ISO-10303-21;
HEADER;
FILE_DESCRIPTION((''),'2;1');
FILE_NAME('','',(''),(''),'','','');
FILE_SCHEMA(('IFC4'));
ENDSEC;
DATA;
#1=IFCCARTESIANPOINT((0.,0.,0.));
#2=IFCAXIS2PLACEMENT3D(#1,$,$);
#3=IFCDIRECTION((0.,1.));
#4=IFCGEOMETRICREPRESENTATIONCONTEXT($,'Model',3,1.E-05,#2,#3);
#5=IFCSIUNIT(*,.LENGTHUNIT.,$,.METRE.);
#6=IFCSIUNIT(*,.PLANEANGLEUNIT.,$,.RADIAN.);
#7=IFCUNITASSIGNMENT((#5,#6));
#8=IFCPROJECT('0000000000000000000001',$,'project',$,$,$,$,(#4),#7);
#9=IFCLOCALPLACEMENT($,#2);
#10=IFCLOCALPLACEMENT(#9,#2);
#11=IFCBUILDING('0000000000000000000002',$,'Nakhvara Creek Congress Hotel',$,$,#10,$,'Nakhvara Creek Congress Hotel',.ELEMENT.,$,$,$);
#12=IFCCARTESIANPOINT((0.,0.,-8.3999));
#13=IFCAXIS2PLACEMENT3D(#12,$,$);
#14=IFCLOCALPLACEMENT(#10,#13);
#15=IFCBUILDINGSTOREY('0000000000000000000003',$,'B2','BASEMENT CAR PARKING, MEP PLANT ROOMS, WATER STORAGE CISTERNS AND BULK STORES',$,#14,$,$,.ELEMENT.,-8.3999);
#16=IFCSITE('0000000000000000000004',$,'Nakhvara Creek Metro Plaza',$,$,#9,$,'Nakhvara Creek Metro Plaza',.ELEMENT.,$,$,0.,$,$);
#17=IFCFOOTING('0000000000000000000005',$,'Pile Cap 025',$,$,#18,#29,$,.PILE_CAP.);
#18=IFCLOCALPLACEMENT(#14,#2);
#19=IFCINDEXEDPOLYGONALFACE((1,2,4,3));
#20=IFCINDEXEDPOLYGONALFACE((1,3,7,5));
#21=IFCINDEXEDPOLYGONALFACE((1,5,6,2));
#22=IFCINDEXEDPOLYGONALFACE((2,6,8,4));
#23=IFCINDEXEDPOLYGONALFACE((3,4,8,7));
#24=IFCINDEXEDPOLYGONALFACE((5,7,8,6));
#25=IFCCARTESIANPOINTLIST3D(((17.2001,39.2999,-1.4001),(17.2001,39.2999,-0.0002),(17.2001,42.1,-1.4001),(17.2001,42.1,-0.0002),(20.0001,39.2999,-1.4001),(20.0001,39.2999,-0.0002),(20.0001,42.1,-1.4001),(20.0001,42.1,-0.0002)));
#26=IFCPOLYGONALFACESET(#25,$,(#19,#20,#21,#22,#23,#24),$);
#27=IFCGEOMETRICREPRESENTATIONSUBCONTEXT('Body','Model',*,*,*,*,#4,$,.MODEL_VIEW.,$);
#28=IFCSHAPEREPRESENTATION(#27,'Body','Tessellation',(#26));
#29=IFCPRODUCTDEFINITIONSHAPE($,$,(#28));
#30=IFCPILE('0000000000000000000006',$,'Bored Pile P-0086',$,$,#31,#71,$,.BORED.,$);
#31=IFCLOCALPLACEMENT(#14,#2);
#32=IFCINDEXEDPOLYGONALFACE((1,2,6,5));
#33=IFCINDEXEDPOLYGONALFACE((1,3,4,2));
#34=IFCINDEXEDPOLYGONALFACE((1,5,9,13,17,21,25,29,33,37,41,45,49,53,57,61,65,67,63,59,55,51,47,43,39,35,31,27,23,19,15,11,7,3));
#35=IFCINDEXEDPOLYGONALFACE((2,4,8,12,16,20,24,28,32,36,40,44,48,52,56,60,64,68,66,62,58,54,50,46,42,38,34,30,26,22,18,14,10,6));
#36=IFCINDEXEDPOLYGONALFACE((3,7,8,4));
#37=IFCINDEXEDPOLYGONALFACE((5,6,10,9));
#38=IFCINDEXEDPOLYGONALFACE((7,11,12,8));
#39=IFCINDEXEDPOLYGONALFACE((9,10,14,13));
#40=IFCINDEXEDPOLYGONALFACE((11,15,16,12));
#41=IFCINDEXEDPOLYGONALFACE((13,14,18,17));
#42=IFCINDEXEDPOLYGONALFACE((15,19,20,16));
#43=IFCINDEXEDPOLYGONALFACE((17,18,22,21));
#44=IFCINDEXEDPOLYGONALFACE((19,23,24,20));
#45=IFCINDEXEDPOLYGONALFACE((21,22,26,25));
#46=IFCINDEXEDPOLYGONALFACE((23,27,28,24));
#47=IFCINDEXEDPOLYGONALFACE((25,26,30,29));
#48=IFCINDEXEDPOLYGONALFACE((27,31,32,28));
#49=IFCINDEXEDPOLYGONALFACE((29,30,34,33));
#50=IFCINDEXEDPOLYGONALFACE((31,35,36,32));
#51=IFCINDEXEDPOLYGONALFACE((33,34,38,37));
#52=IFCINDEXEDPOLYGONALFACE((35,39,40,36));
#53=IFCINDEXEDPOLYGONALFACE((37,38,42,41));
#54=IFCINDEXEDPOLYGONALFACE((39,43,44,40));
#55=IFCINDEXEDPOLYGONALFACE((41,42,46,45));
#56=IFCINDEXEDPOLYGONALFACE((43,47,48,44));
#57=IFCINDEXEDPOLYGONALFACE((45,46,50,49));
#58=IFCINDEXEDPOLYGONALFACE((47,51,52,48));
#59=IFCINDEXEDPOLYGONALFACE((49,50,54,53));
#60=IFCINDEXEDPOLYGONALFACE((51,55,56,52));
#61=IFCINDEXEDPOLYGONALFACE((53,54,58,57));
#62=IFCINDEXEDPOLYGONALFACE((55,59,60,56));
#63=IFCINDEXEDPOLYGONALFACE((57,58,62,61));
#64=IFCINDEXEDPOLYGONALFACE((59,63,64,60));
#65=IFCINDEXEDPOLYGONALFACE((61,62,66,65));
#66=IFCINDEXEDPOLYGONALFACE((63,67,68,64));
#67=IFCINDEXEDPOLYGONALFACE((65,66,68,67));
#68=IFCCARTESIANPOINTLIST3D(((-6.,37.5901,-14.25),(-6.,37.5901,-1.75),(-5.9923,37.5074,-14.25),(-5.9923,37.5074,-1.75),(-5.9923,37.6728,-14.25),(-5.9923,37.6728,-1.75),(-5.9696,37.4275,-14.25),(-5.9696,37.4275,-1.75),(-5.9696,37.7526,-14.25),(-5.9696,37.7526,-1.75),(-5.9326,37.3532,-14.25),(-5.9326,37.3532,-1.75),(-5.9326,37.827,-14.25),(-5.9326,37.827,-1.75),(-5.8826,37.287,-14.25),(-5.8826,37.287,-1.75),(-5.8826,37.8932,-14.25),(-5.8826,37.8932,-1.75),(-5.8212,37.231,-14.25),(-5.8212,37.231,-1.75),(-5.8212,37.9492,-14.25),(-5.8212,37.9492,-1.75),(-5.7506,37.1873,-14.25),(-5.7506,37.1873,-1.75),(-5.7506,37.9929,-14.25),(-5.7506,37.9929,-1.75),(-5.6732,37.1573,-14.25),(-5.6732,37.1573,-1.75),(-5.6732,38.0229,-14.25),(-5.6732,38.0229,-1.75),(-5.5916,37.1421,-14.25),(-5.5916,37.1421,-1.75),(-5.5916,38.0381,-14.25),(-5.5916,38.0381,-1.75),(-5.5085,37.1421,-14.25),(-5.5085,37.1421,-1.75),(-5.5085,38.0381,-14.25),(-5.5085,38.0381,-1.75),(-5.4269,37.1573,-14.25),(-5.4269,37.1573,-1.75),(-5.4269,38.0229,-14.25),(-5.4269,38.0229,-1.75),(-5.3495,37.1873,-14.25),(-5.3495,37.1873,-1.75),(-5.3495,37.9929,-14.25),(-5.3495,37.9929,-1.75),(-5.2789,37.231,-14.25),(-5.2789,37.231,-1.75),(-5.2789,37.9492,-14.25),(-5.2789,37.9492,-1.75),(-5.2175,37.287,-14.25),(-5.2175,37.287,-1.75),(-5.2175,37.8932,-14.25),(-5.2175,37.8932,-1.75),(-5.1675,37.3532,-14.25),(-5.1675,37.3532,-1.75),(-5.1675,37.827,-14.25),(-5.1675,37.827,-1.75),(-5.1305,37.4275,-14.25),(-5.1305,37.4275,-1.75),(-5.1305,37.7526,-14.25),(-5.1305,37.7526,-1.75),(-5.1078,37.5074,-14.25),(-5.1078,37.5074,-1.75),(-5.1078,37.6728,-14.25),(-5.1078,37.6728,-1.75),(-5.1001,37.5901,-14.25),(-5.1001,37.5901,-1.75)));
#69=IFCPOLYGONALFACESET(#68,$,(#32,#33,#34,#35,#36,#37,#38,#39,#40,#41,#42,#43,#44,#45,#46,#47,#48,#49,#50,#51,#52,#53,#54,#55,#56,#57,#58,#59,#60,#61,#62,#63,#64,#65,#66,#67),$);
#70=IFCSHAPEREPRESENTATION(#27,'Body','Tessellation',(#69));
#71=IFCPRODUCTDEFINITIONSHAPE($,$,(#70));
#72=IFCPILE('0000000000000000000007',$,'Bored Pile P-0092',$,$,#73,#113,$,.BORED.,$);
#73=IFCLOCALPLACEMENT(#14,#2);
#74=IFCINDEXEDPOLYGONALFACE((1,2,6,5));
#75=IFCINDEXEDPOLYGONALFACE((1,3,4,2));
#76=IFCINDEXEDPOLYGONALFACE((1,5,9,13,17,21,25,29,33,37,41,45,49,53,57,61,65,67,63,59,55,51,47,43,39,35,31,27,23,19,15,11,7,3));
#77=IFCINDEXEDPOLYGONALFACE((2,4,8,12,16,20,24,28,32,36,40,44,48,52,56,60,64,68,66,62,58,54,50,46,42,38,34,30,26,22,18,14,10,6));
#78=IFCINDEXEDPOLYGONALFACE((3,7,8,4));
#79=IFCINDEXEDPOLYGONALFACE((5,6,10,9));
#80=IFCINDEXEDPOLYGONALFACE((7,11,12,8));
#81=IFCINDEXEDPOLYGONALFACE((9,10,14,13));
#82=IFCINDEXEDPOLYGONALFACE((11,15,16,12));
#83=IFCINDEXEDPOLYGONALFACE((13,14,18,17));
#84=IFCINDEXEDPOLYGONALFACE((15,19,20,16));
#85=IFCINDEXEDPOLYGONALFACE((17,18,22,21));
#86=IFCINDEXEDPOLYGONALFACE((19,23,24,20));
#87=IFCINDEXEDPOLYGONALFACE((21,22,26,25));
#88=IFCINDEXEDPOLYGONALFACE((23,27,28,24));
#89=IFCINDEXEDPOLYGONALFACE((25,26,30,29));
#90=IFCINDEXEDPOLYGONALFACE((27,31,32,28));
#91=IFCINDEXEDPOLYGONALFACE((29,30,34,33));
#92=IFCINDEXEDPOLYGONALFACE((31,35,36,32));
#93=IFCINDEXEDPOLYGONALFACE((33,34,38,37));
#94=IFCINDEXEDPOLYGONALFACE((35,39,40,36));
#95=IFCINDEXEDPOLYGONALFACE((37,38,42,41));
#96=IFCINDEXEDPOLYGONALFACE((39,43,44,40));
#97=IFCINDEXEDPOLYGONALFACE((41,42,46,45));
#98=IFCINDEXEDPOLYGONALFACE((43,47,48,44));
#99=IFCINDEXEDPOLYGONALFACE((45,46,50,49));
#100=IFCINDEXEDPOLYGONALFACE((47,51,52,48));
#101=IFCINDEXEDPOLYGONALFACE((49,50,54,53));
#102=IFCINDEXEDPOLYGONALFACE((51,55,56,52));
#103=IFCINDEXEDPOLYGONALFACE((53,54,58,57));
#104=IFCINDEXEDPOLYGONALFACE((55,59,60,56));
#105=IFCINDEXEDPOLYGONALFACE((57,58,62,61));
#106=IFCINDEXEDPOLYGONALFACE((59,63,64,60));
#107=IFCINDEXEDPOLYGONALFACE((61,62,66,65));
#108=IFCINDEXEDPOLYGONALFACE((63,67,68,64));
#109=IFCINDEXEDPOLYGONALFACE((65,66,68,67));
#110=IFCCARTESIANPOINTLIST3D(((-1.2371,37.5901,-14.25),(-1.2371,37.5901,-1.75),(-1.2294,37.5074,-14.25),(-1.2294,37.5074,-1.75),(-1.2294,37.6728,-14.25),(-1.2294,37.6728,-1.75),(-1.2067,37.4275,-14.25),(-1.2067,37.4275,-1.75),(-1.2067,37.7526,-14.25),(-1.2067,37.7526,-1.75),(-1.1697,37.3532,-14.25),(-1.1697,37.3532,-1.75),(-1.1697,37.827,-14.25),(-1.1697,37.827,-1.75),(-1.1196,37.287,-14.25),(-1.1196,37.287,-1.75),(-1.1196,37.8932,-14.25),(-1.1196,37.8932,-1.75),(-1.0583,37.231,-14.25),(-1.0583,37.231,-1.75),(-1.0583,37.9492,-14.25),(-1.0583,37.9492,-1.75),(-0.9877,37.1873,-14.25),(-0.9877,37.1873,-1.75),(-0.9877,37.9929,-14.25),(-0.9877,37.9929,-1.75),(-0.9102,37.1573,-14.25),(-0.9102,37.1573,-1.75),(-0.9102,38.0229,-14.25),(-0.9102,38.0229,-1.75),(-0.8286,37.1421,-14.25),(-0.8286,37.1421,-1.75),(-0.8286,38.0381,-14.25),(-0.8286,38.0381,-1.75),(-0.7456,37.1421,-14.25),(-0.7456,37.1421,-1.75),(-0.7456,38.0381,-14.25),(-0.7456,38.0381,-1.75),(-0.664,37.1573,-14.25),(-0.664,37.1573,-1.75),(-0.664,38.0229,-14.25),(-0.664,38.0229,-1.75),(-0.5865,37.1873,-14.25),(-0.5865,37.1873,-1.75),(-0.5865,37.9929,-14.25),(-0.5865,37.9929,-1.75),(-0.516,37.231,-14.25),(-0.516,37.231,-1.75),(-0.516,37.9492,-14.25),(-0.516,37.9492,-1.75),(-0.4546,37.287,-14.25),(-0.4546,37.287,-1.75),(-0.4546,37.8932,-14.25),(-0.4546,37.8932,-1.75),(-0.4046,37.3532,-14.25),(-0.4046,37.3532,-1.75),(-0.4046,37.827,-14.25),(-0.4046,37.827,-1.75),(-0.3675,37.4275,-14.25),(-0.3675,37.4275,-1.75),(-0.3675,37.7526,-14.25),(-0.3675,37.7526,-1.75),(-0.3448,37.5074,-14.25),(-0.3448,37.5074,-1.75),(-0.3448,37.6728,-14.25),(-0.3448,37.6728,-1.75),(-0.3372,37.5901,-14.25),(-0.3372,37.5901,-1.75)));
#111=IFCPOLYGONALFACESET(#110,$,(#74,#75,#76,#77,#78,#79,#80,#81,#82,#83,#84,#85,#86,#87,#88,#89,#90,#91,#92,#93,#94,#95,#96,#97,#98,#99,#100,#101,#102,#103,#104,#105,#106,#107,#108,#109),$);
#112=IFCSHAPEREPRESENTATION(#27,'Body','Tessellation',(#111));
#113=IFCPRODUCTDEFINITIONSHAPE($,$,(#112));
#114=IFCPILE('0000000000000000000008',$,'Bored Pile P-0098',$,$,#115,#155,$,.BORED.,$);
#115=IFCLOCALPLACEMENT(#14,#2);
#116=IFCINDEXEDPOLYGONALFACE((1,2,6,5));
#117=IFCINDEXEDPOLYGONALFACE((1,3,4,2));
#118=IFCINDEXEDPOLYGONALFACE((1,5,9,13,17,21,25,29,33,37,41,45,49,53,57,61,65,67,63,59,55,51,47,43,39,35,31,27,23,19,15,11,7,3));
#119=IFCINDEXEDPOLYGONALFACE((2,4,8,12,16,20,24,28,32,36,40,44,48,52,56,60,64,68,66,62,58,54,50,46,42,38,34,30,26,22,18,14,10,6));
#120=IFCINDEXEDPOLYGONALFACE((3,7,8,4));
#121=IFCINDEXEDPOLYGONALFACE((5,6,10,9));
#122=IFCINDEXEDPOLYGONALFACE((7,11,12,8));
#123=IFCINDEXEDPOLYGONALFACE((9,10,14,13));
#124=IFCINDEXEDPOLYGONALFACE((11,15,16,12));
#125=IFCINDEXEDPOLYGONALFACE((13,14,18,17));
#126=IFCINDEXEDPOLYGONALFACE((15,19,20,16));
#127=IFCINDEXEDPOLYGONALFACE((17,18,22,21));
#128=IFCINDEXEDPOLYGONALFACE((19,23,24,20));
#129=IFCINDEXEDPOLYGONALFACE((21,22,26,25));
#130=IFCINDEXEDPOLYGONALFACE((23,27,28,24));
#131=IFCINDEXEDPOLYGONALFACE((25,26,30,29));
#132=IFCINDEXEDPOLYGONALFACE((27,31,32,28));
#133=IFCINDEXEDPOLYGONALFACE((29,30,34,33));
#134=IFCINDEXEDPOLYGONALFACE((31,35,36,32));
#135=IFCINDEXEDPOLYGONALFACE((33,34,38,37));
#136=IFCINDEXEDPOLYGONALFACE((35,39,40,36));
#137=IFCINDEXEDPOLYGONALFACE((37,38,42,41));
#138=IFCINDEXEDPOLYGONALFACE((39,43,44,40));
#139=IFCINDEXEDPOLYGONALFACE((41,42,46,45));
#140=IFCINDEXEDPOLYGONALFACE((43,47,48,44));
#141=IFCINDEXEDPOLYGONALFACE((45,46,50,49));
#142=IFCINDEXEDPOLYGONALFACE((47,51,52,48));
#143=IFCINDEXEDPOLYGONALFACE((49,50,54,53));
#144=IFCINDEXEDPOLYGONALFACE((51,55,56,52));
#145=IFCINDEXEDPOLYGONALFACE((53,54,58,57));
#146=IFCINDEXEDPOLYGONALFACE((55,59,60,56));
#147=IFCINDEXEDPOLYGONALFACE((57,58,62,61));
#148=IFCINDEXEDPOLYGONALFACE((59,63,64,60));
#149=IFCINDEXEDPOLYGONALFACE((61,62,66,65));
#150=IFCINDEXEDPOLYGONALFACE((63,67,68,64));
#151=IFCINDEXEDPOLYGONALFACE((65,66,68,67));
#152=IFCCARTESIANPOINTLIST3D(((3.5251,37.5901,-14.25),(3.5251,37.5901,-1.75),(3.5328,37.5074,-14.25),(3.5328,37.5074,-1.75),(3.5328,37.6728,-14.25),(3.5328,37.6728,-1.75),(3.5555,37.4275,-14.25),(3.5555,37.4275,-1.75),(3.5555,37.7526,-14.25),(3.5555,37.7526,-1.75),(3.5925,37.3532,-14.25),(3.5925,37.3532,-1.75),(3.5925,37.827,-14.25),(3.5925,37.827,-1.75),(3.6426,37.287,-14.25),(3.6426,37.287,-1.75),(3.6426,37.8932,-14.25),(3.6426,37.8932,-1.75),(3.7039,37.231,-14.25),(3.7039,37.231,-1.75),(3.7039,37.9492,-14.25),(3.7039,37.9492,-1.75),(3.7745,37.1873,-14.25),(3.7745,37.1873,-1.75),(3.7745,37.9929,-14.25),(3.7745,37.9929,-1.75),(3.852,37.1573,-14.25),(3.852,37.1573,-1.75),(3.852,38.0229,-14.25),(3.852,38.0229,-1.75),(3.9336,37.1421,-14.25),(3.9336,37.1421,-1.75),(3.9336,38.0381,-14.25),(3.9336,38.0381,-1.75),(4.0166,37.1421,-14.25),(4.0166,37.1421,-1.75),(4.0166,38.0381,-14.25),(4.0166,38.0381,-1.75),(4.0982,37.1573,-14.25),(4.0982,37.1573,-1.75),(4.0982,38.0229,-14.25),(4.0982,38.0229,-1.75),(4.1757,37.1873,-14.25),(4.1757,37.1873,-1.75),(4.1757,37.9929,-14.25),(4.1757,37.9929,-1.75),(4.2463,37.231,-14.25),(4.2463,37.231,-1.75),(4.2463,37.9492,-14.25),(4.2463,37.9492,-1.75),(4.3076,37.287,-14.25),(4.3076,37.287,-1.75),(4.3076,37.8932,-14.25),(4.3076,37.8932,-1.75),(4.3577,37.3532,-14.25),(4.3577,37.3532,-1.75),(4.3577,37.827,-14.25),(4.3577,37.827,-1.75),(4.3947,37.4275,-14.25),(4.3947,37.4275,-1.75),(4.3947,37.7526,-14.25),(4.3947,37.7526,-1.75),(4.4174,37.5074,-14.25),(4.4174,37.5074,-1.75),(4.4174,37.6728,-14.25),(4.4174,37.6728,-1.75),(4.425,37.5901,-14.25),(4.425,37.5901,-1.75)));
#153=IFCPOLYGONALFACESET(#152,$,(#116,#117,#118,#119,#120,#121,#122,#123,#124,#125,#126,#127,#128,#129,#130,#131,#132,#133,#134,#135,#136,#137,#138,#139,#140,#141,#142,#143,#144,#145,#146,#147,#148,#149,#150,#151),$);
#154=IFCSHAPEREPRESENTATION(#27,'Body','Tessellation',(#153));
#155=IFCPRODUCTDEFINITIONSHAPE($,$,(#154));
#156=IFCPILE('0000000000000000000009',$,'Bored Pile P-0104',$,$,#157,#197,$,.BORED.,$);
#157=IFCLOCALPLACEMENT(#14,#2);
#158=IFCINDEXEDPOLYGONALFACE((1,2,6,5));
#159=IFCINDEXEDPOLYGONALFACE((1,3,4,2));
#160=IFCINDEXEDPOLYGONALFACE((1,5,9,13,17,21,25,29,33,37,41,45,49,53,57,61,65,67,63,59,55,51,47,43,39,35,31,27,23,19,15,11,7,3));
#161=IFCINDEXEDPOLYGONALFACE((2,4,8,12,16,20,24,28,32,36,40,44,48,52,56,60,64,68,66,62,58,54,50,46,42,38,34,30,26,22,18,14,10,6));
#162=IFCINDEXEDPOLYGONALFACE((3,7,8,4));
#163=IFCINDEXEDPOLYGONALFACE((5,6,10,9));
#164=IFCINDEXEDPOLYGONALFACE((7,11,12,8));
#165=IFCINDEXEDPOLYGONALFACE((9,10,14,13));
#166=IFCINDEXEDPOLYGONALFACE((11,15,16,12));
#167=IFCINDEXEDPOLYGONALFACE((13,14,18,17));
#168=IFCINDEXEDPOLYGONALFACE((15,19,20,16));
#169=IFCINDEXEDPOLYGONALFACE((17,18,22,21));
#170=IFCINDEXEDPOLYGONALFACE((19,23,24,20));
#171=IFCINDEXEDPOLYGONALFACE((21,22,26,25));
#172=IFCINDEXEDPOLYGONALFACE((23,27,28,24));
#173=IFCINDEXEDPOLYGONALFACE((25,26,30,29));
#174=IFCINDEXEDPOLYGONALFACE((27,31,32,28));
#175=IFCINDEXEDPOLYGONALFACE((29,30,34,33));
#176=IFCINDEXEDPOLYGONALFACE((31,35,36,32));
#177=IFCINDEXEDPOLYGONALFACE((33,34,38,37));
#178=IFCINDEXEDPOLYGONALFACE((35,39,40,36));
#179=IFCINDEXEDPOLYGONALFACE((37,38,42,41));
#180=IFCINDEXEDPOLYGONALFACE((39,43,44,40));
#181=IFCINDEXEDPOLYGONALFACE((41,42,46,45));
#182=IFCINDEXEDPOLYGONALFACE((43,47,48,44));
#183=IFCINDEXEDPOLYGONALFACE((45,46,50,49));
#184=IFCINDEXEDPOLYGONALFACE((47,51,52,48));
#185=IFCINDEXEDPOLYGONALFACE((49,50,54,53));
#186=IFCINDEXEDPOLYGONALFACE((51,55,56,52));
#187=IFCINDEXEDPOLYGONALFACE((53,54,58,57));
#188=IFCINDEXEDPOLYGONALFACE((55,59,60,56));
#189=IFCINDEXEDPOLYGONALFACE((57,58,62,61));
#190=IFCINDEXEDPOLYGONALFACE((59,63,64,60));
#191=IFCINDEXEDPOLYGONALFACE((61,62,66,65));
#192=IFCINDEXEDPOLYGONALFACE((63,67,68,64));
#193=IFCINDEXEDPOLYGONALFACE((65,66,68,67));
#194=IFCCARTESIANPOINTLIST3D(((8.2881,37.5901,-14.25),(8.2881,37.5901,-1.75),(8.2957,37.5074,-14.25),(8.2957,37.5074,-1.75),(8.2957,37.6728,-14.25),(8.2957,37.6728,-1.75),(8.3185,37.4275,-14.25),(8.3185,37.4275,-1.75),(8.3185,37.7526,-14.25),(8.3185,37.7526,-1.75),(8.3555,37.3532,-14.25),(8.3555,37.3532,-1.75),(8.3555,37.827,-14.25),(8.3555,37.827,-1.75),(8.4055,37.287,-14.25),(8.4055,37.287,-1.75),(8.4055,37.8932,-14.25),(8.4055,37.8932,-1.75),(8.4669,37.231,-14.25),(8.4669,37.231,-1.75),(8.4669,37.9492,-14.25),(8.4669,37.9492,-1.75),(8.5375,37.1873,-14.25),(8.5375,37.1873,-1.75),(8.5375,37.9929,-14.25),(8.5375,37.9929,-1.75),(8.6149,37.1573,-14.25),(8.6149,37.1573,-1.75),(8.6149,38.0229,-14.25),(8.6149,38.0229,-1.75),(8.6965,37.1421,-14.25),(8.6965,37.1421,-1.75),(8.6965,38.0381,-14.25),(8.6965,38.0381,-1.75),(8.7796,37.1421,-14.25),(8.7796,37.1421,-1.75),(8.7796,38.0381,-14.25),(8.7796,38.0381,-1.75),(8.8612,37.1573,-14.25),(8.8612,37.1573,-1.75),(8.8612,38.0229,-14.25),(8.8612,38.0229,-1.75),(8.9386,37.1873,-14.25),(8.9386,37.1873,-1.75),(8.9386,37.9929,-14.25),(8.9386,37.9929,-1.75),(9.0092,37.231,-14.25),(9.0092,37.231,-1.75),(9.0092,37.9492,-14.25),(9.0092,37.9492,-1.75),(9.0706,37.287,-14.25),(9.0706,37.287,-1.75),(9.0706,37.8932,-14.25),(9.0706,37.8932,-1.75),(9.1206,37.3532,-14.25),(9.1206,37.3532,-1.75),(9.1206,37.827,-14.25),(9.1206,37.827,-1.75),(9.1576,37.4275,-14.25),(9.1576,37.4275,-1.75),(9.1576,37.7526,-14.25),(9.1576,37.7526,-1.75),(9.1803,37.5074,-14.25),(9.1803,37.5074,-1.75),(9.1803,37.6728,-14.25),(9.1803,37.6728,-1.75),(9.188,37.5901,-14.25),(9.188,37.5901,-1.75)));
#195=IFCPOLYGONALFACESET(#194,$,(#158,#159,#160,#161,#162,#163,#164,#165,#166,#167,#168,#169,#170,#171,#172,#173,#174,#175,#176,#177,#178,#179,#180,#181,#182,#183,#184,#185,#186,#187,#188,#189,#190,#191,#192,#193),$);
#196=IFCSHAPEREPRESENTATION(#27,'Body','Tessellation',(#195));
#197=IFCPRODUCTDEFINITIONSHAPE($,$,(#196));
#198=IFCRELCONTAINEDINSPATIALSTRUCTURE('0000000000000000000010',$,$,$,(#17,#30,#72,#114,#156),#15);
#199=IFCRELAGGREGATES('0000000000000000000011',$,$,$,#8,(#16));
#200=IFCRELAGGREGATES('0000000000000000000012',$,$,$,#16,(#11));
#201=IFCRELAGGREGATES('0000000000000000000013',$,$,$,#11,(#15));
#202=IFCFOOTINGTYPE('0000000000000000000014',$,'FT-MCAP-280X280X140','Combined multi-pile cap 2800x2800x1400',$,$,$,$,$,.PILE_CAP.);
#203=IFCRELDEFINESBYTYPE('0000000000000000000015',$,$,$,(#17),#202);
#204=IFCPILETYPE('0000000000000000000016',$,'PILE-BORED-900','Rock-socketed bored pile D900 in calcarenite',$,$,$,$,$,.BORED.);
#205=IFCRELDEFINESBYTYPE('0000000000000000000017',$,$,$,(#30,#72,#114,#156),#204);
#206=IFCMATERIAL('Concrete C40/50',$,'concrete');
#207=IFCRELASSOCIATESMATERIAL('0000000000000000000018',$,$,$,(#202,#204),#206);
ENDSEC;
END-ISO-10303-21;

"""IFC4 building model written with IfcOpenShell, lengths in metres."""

from ifc_helpers import new_model, si_unit, direction, frame, origin, origin_2d, place, context, subcontext, project, spatial, rectangle, circle, extrude, material, material_profile, profile_set, type_object, element, save


model = new_model("IFC4")

# Units and contexts
model_context = context("Model", 3, precision=1e-05, world=origin(), true_north=direction((0.0, 1.0)))
body_context = subcontext(model_context, "Body", "Model", "MODEL_VIEW")
ifc_project = project(units=[si_unit("LENGTHUNIT", "METRE"), si_unit("PLANEANGLEUNIT", "RADIAN")], contexts=[model_context])

# Site, building, storey
site_placement = place(None, origin())
site = spatial("IfcSite", under=ifc_project, at=site_placement, Name="Nakhvara Creek Metro Plaza", LongName="Nakhvara Creek Metro Plaza", CompositionType="ELEMENT", RefElevation=0.0)
building_placement = place(site_placement, origin())
building = spatial("IfcBuilding", under=site, at=building_placement, Name="Nakhvara Creek Congress Hotel", LongName="Nakhvara Creek Congress Hotel", CompositionType="ELEMENT")
storey_placement = place(building_placement, frame((0.0, 0.0, -8.3999)))
storey = spatial("IfcBuildingStorey", under=building, at=storey_placement, Name="B2", Description="BASEMENT CAR PARKING, MEP PLANT ROOMS, WATER STORAGE CISTERNS AND BULK STORES", CompositionType="ELEMENT", Elevation=-8.3999)

# Footing
ifc_material_1 = material(Name="Concrete C40/50", Category="concrete")
footing_type = type_object("IfcFootingType", Name="FT-MCAP-280X280X140", Description="Combined multi-pile cap 2800x2800x1400", PredefinedType="PILE_CAP", material=ifc_material_1)
footing_placement = place(storey_placement, frame((18.6001, 40.7, -1.4001), z_axis=(0.0, 0.0, 1.0), x_axis=(1.0, 0.0, 0.0)))
element("IfcFooting", 1, at=footing_placement, inside=storey, type_object=footing_type, Name="Pile Cap 025", PredefinedType="PILE_CAP", context=body_context, shape_type="SweptSolid", body=[
    extrude(rectangle(XDim=2.8, YDim=2.8, at=origin_2d()), origin(), (0.0, 0.0, 1.0), 1.3999),
])

# Piles
ifc_material_profile_1 = material_profile(ifc_material_1, circle(Radius=0.45, at=origin_2d()), Name="BORED PILE D900", Category="LoadBearing")
ifc_profile_set_1 = profile_set([ifc_material_profile_1], Name="Concrete C40/50")
pile_type = type_object("IfcPileType", Name="PILE-BORED-900", Description="Rock-socketed bored pile D900 in calcarenite", PredefinedType="BORED", material=ifc_profile_set_1)
for number, where, z_axis, x_axis, name in (
    (2, (-5.55, 37.5901, -1.75), (0.0, 0.0, -1.0), (1.0, 0.0, 0.0), "Bored Pile P-0086"),
    (3, (-0.7871, 37.5901, -1.75), (0.0, 0.0, -1.0), (1.0, 0.0, 0.0), "Bored Pile P-0092"),
    (4, (3.9751, 37.5901, -1.75), (0.0, 0.0, -1.0), (1.0, 0.0, 0.0), "Bored Pile P-0098"),
    (5, (8.738, 37.5901, -1.75), (0.0, 0.0, -1.0), (1.0, 0.0, 0.0), "Bored Pile P-0104"),
):
    element("IfcPile", number, at=place(storey_placement, frame(where, z_axis=z_axis, x_axis=x_axis)), inside=storey, type_object=pile_type, Name=name, PredefinedType="BORED", context=body_context, shape_type="SweptSolid", body=[
        extrude(circle(Radius=0.45, at=origin_2d()), origin(), (0.0, 0.0, 1.0), 12.5),
    ])

save(model, "model.ifc")
